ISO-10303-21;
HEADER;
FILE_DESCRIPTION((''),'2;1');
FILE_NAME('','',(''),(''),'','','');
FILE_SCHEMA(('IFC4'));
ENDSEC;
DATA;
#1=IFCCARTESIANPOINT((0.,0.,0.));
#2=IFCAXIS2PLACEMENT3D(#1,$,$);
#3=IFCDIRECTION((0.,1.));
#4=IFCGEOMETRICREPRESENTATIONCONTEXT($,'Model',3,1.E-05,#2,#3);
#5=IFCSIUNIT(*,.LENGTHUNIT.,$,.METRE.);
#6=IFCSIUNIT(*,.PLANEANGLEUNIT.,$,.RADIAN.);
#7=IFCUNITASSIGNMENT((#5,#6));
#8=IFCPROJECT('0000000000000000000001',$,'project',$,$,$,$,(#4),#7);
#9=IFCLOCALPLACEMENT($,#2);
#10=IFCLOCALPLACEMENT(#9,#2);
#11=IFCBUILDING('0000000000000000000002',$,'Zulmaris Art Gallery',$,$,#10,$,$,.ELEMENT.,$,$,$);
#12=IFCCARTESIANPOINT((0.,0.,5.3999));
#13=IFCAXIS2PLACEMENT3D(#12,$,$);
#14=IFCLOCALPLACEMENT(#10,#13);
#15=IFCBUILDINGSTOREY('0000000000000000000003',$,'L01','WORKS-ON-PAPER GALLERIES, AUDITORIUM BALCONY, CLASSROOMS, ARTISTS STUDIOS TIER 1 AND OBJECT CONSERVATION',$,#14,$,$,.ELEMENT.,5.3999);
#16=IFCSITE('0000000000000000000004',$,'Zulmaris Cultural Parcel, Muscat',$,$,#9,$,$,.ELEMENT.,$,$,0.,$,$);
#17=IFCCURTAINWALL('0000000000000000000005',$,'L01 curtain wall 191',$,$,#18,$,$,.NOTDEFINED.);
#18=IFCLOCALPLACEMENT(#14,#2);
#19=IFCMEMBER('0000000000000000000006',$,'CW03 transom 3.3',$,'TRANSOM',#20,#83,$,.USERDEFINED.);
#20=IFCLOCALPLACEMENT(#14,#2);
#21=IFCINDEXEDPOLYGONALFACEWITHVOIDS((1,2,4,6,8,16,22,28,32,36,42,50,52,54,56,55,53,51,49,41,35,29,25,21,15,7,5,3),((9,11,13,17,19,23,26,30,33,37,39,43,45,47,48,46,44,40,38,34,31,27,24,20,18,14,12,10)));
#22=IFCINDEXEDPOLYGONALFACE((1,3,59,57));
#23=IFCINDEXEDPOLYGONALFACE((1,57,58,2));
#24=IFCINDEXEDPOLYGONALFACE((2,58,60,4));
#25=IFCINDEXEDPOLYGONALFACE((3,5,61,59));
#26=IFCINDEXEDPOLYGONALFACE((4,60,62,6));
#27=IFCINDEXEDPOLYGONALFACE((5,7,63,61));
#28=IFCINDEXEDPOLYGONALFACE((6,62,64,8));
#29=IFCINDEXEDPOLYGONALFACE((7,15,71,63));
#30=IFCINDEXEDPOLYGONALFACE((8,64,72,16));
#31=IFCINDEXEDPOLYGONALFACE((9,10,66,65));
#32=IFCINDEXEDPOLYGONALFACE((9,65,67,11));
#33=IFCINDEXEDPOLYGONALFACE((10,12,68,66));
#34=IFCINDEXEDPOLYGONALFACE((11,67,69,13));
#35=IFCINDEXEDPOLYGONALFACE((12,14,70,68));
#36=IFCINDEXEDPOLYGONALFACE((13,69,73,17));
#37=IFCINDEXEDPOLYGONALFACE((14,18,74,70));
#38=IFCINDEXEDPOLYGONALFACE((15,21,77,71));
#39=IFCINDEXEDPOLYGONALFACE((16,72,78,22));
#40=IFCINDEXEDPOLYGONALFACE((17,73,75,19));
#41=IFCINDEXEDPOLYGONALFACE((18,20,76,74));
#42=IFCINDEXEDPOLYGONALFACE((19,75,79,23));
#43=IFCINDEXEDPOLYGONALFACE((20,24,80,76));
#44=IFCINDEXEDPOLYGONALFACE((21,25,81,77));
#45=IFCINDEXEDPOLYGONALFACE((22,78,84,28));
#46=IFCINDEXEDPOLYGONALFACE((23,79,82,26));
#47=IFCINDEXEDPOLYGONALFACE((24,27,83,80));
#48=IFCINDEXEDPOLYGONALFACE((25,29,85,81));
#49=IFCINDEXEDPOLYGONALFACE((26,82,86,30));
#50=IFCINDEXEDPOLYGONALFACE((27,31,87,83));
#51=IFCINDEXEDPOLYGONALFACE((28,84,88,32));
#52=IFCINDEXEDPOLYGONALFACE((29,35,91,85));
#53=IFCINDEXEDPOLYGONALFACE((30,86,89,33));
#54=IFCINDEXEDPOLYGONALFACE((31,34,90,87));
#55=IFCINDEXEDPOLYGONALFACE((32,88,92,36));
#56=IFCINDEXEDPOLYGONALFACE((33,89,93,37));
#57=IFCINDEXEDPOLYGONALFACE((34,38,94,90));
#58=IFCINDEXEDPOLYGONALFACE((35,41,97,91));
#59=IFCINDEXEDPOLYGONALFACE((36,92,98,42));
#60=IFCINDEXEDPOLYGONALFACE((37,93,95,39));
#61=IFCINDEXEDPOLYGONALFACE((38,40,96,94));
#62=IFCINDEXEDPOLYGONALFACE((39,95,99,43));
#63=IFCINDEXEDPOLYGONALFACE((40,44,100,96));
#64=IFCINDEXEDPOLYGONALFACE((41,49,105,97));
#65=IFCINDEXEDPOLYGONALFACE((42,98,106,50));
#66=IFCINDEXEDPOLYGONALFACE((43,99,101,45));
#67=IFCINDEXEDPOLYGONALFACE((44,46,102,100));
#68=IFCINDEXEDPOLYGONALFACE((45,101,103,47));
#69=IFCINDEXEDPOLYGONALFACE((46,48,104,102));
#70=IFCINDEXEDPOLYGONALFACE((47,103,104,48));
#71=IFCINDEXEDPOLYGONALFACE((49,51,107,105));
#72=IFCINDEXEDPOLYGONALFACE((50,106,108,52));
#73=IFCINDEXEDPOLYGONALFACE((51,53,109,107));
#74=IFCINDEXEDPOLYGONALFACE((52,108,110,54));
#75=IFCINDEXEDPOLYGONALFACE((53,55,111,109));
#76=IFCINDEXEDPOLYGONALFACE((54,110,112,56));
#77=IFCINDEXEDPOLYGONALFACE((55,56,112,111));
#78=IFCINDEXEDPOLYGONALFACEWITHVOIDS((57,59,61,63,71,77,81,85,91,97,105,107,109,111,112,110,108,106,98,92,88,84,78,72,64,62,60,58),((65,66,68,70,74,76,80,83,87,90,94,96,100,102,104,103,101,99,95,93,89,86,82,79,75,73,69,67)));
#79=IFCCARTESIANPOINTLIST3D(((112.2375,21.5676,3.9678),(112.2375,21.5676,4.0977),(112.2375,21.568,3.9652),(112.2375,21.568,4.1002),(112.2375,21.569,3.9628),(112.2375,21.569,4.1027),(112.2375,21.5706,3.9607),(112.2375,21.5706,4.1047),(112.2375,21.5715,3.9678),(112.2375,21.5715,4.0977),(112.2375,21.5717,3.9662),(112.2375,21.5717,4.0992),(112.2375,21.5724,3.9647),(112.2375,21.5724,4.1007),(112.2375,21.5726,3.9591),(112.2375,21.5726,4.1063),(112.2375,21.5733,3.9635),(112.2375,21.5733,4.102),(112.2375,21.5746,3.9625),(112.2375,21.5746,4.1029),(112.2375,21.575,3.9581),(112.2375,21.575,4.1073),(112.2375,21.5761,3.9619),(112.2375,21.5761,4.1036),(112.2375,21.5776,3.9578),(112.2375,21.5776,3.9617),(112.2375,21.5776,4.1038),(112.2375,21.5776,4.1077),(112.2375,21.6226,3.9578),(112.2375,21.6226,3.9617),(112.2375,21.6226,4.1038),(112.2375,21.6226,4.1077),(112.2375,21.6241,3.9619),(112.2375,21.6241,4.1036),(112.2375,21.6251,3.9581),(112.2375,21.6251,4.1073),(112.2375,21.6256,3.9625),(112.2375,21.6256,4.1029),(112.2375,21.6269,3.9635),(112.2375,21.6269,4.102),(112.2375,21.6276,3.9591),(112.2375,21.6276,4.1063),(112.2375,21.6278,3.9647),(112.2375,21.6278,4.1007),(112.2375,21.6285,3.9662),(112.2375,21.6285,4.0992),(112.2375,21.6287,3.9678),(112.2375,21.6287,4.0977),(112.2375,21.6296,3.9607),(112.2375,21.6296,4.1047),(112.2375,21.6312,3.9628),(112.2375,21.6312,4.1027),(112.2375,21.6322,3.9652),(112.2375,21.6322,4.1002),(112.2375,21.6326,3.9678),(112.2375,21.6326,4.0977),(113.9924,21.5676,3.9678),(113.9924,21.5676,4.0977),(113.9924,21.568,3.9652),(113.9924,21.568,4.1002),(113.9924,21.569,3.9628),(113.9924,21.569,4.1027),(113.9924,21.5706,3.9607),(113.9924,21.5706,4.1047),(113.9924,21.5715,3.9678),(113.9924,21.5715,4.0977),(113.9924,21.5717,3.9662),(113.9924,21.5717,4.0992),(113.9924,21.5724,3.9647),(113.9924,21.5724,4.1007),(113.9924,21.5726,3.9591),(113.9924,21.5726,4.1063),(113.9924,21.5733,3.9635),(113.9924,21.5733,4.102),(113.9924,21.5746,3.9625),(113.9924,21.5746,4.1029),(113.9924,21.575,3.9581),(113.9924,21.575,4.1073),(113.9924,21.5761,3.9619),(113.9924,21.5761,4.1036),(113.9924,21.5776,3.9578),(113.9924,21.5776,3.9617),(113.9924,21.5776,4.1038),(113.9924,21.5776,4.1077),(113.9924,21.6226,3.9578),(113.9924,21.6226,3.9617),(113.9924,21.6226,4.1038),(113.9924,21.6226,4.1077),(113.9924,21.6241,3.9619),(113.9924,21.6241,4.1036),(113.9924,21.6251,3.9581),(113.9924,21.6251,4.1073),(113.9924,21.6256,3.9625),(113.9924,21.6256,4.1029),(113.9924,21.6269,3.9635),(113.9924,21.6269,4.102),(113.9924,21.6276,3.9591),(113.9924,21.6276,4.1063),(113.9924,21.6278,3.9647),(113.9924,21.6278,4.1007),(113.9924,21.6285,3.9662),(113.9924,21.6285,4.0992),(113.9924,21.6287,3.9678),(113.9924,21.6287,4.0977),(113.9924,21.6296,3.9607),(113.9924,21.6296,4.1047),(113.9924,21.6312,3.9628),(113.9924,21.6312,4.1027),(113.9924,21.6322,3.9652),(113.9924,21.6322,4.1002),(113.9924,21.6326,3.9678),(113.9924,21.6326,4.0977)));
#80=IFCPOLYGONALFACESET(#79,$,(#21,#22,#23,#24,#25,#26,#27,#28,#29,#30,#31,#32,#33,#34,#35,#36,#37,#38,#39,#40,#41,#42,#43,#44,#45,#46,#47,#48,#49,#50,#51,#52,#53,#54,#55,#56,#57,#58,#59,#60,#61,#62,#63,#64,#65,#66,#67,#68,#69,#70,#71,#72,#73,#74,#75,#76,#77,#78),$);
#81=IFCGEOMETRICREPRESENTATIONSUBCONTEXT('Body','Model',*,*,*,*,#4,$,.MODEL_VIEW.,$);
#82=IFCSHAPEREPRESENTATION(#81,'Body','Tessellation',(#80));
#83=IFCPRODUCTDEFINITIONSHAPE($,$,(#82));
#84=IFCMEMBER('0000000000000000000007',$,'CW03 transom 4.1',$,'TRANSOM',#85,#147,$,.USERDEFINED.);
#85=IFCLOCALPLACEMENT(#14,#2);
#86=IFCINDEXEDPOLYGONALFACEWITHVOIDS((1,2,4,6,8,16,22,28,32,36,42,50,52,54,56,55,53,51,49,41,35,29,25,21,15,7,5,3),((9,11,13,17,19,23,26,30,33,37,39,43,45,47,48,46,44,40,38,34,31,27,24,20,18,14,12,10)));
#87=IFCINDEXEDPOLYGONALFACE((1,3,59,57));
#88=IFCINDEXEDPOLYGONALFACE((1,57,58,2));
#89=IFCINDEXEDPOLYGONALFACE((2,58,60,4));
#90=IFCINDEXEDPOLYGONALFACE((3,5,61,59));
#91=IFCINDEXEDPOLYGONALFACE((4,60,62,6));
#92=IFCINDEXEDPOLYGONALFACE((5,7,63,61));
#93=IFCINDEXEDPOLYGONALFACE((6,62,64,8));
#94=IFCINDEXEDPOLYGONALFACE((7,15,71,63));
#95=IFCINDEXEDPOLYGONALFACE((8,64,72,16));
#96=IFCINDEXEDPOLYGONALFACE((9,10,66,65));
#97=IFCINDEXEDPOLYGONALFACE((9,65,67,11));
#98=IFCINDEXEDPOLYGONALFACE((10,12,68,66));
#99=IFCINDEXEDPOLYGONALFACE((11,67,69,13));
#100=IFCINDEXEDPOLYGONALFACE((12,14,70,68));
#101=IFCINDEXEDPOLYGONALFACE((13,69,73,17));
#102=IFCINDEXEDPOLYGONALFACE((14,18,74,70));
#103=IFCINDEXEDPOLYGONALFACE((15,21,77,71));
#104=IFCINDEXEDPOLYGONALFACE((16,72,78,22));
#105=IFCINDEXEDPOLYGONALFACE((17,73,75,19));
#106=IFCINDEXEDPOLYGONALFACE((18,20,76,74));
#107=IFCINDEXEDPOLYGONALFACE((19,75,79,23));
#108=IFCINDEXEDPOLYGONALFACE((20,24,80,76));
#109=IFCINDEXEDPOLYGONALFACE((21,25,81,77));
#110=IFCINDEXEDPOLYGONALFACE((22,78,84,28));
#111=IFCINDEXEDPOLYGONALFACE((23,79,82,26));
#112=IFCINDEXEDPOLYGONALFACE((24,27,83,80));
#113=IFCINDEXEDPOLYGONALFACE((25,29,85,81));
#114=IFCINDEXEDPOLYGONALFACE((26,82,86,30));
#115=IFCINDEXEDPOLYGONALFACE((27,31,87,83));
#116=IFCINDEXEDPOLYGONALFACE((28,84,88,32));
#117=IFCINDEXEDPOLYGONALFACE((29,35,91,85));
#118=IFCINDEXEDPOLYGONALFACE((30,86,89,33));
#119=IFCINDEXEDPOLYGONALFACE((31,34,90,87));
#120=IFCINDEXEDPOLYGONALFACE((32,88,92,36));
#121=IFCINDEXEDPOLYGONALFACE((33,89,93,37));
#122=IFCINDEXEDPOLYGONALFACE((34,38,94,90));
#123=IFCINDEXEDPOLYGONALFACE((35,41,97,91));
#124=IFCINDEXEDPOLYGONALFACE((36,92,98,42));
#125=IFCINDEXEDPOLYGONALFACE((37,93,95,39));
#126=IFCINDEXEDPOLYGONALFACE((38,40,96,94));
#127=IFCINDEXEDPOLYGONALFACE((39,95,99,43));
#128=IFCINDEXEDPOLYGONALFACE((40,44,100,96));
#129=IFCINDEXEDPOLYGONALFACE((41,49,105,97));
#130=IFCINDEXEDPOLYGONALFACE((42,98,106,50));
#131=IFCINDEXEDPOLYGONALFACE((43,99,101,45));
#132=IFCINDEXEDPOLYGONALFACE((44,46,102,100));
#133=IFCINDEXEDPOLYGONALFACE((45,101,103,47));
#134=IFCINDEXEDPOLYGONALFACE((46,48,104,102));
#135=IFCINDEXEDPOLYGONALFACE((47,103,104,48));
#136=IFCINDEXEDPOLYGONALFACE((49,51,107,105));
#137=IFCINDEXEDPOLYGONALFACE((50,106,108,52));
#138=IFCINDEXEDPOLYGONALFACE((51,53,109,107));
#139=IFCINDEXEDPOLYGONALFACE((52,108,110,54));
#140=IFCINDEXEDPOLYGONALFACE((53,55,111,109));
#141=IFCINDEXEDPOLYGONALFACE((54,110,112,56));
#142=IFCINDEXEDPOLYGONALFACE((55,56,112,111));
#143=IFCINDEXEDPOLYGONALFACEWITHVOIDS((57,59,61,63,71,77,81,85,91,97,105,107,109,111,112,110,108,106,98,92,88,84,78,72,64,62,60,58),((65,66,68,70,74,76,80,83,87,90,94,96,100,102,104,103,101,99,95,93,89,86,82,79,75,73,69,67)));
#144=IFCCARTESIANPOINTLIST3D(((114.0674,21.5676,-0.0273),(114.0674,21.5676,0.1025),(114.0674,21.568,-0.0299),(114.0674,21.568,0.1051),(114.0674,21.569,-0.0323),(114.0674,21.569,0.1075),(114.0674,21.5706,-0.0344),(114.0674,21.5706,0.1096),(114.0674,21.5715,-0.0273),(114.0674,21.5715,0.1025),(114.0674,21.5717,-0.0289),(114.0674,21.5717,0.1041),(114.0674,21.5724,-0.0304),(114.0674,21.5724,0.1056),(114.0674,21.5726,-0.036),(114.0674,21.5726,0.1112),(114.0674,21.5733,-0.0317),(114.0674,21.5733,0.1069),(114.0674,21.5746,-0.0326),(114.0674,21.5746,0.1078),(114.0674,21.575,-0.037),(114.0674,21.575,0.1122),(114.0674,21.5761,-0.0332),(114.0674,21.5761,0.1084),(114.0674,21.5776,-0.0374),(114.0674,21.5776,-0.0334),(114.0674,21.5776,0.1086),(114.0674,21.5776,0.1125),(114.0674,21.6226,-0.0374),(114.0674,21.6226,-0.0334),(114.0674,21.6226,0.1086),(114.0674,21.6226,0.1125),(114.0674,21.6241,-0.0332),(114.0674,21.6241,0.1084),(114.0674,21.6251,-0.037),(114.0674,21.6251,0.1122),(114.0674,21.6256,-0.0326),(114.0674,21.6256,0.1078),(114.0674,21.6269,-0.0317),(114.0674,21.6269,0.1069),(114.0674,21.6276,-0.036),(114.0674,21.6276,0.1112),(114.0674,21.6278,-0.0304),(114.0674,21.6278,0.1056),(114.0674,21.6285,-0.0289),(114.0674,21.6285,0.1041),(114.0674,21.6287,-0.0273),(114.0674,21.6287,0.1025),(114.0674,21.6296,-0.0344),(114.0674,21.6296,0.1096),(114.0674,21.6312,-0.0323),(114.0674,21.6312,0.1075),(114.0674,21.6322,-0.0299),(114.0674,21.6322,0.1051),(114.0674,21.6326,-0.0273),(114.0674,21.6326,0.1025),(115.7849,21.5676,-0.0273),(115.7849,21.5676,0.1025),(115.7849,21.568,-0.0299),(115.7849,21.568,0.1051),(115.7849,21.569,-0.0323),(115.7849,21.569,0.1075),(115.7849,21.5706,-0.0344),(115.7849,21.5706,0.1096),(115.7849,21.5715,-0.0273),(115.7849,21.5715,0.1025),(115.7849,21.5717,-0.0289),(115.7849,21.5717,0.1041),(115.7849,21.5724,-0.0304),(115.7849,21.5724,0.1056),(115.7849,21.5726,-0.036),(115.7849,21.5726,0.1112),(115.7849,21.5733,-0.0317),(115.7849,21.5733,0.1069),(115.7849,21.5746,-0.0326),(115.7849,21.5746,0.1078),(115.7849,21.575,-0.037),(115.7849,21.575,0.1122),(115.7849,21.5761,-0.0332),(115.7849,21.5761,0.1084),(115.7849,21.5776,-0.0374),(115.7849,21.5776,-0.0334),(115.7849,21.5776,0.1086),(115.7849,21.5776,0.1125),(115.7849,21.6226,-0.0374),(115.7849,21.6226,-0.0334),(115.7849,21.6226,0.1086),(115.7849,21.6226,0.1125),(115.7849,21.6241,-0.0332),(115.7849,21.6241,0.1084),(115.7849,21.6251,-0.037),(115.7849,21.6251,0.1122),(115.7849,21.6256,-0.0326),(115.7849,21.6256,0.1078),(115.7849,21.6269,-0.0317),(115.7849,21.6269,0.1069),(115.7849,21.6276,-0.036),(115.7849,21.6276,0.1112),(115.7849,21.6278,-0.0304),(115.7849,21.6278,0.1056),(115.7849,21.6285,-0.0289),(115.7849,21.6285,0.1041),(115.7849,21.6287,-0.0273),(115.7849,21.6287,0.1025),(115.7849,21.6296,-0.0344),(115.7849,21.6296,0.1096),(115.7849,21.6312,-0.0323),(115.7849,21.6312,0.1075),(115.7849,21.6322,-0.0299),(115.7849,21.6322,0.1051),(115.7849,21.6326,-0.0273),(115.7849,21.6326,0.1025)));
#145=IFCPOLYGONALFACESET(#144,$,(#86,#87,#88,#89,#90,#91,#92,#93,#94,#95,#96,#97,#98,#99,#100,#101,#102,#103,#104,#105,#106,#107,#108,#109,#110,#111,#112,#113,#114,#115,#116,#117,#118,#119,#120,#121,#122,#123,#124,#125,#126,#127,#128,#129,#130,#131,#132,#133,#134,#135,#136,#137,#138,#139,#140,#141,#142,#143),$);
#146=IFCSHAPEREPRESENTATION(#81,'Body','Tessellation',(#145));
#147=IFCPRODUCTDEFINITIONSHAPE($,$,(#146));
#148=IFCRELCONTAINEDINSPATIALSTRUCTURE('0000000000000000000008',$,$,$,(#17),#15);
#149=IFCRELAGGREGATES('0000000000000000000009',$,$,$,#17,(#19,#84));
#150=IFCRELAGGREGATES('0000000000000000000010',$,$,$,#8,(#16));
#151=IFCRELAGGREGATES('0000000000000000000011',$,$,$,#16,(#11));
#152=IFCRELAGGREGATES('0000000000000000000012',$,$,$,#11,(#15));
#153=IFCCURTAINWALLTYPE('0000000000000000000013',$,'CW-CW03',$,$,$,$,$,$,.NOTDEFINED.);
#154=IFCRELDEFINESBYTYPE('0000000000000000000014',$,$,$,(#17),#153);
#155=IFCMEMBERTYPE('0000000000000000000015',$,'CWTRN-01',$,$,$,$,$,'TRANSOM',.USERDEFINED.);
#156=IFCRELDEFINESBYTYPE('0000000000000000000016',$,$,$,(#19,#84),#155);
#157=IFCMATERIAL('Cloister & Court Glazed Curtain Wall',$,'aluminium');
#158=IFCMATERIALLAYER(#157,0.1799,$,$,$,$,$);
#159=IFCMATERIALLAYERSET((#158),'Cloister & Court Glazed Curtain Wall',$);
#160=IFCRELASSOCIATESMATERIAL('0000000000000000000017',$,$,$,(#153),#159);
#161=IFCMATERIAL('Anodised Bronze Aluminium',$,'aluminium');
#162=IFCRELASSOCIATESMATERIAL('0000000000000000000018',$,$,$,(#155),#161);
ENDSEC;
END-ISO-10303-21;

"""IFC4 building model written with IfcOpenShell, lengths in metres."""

from ifc_helpers import new_model, si_unit, direction, frame, origin, origin_2d, place, context, subcontext, project, spatial, hollow_rectangle, extrude, material, layer, layer_set, material_profile, profile_set, type_object, element, aggregate, save


model = new_model("IFC4")

# Units and contexts
model_context = context("Model", 3, precision=1e-05, world=origin(), true_north=direction((0.0, 1.0)))
body_context = subcontext(model_context, "Body", "Model", "MODEL_VIEW")
ifc_project = project(units=[si_unit("LENGTHUNIT", "METRE"), si_unit("PLANEANGLEUNIT", "RADIAN")], contexts=[model_context])

# Site, building, storey
site_placement = place(None, origin())
site = spatial("IfcSite", under=ifc_project, at=site_placement, Name="Zulmaris Cultural Parcel, Muscat", CompositionType="ELEMENT", RefElevation=0.0)
building_placement = place(site_placement, origin())
building = spatial("IfcBuilding", under=site, at=building_placement, Name="Zulmaris Art Gallery", CompositionType="ELEMENT")
storey_placement = place(building_placement, frame((0.0, 0.0, 5.3999)))
storey = spatial("IfcBuildingStorey", under=building, at=storey_placement, Name="L01", Description="WORKS-ON-PAPER GALLERIES, AUDITORIUM BALCONY, CLASSROOMS, ARTISTS STUDIOS TIER 1 AND OBJECT CONSERVATION", CompositionType="ELEMENT", Elevation=5.3999)

# Shared definitions
ifc_material_1 = material(Name="Cloister & Court Glazed Curtain Wall", Category="aluminium")
ifc_layer_1 = layer(ifc_material_1, 0.1799)
ifc_layer_set_1 = layer_set([ifc_layer_1], Name="Cloister & Court Glazed Curtain Wall")
curtain_wall_type = type_object("IfcCurtainWallType", Name="CW-CW03", PredefinedType="NOTDEFINED", material=ifc_layer_set_1)
ifc_material_2 = material(Name="Anodised Bronze Aluminium", Category="aluminium")

# Curtain wall, members
curtain_wall_1_placement = place(storey_placement, origin())
curtain_wall_1 = element("IfcCurtainWall", 1, at=curtain_wall_1_placement, inside=storey, type_object=curtain_wall_type, Name="L01 curtain wall 191", PredefinedType="NOTDEFINED")
ifc_material_profile_1 = material_profile(ifc_material_2, hollow_rectangle(XDim=0.0649, YDim=0.1499, WallThickness=0.0039, InnerFilletRadius=0.0061, OuterFilletRadius=0.01, at=origin_2d()), Name="ALU 65x150x4")
ifc_profile_set_1 = profile_set([ifc_material_profile_1], Name="Anodised Bronze Aluminium")
member_type_1 = type_object("IfcMemberType", Name="CWTRN-01", ElementType="TRANSOM", PredefinedType="USERDEFINED", material=ifc_profile_set_1)
member_1_placement = place(storey_placement, frame((112.2375, 21.6001, 4.0327), z_axis=(1.0, 0.0, 0.0), x_axis=(0.0, 1.0, 0.0)))
member_1 = element("IfcMember", 2, at=member_1_placement, type_object=member_type_1, Name="CW03 transom 3.3", ObjectType="TRANSOM", PredefinedType="USERDEFINED", context=body_context, shape_type="SweptSolid", body=[
    extrude(hollow_rectangle(XDim=0.0649, YDim=0.1499, WallThickness=0.0039, InnerFilletRadius=0.0061, OuterFilletRadius=0.01, at=origin_2d()), origin(), (0.0, 0.0, 1.0), 1.7549),
])
member_2_placement = place(storey_placement, frame((114.0674, 21.6001, 0.0376), z_axis=(1.0, 0.0, 0.0), x_axis=(0.0, 1.0, 0.0)))
member_2 = element("IfcMember", 3, at=member_2_placement, type_object=member_type_1, Name="CW03 transom 4.1", ObjectType="TRANSOM", PredefinedType="USERDEFINED", context=body_context, shape_type="SweptSolid", body=[
    extrude(hollow_rectangle(XDim=0.0649, YDim=0.1499, WallThickness=0.0039, InnerFilletRadius=0.0061, OuterFilletRadius=0.01, at=origin_2d()), origin(), (0.0, 0.0, 1.0), 1.7175),
])

aggregate(curtain_wall_1, [member_1, member_2])

save(model, "model.ifc")
